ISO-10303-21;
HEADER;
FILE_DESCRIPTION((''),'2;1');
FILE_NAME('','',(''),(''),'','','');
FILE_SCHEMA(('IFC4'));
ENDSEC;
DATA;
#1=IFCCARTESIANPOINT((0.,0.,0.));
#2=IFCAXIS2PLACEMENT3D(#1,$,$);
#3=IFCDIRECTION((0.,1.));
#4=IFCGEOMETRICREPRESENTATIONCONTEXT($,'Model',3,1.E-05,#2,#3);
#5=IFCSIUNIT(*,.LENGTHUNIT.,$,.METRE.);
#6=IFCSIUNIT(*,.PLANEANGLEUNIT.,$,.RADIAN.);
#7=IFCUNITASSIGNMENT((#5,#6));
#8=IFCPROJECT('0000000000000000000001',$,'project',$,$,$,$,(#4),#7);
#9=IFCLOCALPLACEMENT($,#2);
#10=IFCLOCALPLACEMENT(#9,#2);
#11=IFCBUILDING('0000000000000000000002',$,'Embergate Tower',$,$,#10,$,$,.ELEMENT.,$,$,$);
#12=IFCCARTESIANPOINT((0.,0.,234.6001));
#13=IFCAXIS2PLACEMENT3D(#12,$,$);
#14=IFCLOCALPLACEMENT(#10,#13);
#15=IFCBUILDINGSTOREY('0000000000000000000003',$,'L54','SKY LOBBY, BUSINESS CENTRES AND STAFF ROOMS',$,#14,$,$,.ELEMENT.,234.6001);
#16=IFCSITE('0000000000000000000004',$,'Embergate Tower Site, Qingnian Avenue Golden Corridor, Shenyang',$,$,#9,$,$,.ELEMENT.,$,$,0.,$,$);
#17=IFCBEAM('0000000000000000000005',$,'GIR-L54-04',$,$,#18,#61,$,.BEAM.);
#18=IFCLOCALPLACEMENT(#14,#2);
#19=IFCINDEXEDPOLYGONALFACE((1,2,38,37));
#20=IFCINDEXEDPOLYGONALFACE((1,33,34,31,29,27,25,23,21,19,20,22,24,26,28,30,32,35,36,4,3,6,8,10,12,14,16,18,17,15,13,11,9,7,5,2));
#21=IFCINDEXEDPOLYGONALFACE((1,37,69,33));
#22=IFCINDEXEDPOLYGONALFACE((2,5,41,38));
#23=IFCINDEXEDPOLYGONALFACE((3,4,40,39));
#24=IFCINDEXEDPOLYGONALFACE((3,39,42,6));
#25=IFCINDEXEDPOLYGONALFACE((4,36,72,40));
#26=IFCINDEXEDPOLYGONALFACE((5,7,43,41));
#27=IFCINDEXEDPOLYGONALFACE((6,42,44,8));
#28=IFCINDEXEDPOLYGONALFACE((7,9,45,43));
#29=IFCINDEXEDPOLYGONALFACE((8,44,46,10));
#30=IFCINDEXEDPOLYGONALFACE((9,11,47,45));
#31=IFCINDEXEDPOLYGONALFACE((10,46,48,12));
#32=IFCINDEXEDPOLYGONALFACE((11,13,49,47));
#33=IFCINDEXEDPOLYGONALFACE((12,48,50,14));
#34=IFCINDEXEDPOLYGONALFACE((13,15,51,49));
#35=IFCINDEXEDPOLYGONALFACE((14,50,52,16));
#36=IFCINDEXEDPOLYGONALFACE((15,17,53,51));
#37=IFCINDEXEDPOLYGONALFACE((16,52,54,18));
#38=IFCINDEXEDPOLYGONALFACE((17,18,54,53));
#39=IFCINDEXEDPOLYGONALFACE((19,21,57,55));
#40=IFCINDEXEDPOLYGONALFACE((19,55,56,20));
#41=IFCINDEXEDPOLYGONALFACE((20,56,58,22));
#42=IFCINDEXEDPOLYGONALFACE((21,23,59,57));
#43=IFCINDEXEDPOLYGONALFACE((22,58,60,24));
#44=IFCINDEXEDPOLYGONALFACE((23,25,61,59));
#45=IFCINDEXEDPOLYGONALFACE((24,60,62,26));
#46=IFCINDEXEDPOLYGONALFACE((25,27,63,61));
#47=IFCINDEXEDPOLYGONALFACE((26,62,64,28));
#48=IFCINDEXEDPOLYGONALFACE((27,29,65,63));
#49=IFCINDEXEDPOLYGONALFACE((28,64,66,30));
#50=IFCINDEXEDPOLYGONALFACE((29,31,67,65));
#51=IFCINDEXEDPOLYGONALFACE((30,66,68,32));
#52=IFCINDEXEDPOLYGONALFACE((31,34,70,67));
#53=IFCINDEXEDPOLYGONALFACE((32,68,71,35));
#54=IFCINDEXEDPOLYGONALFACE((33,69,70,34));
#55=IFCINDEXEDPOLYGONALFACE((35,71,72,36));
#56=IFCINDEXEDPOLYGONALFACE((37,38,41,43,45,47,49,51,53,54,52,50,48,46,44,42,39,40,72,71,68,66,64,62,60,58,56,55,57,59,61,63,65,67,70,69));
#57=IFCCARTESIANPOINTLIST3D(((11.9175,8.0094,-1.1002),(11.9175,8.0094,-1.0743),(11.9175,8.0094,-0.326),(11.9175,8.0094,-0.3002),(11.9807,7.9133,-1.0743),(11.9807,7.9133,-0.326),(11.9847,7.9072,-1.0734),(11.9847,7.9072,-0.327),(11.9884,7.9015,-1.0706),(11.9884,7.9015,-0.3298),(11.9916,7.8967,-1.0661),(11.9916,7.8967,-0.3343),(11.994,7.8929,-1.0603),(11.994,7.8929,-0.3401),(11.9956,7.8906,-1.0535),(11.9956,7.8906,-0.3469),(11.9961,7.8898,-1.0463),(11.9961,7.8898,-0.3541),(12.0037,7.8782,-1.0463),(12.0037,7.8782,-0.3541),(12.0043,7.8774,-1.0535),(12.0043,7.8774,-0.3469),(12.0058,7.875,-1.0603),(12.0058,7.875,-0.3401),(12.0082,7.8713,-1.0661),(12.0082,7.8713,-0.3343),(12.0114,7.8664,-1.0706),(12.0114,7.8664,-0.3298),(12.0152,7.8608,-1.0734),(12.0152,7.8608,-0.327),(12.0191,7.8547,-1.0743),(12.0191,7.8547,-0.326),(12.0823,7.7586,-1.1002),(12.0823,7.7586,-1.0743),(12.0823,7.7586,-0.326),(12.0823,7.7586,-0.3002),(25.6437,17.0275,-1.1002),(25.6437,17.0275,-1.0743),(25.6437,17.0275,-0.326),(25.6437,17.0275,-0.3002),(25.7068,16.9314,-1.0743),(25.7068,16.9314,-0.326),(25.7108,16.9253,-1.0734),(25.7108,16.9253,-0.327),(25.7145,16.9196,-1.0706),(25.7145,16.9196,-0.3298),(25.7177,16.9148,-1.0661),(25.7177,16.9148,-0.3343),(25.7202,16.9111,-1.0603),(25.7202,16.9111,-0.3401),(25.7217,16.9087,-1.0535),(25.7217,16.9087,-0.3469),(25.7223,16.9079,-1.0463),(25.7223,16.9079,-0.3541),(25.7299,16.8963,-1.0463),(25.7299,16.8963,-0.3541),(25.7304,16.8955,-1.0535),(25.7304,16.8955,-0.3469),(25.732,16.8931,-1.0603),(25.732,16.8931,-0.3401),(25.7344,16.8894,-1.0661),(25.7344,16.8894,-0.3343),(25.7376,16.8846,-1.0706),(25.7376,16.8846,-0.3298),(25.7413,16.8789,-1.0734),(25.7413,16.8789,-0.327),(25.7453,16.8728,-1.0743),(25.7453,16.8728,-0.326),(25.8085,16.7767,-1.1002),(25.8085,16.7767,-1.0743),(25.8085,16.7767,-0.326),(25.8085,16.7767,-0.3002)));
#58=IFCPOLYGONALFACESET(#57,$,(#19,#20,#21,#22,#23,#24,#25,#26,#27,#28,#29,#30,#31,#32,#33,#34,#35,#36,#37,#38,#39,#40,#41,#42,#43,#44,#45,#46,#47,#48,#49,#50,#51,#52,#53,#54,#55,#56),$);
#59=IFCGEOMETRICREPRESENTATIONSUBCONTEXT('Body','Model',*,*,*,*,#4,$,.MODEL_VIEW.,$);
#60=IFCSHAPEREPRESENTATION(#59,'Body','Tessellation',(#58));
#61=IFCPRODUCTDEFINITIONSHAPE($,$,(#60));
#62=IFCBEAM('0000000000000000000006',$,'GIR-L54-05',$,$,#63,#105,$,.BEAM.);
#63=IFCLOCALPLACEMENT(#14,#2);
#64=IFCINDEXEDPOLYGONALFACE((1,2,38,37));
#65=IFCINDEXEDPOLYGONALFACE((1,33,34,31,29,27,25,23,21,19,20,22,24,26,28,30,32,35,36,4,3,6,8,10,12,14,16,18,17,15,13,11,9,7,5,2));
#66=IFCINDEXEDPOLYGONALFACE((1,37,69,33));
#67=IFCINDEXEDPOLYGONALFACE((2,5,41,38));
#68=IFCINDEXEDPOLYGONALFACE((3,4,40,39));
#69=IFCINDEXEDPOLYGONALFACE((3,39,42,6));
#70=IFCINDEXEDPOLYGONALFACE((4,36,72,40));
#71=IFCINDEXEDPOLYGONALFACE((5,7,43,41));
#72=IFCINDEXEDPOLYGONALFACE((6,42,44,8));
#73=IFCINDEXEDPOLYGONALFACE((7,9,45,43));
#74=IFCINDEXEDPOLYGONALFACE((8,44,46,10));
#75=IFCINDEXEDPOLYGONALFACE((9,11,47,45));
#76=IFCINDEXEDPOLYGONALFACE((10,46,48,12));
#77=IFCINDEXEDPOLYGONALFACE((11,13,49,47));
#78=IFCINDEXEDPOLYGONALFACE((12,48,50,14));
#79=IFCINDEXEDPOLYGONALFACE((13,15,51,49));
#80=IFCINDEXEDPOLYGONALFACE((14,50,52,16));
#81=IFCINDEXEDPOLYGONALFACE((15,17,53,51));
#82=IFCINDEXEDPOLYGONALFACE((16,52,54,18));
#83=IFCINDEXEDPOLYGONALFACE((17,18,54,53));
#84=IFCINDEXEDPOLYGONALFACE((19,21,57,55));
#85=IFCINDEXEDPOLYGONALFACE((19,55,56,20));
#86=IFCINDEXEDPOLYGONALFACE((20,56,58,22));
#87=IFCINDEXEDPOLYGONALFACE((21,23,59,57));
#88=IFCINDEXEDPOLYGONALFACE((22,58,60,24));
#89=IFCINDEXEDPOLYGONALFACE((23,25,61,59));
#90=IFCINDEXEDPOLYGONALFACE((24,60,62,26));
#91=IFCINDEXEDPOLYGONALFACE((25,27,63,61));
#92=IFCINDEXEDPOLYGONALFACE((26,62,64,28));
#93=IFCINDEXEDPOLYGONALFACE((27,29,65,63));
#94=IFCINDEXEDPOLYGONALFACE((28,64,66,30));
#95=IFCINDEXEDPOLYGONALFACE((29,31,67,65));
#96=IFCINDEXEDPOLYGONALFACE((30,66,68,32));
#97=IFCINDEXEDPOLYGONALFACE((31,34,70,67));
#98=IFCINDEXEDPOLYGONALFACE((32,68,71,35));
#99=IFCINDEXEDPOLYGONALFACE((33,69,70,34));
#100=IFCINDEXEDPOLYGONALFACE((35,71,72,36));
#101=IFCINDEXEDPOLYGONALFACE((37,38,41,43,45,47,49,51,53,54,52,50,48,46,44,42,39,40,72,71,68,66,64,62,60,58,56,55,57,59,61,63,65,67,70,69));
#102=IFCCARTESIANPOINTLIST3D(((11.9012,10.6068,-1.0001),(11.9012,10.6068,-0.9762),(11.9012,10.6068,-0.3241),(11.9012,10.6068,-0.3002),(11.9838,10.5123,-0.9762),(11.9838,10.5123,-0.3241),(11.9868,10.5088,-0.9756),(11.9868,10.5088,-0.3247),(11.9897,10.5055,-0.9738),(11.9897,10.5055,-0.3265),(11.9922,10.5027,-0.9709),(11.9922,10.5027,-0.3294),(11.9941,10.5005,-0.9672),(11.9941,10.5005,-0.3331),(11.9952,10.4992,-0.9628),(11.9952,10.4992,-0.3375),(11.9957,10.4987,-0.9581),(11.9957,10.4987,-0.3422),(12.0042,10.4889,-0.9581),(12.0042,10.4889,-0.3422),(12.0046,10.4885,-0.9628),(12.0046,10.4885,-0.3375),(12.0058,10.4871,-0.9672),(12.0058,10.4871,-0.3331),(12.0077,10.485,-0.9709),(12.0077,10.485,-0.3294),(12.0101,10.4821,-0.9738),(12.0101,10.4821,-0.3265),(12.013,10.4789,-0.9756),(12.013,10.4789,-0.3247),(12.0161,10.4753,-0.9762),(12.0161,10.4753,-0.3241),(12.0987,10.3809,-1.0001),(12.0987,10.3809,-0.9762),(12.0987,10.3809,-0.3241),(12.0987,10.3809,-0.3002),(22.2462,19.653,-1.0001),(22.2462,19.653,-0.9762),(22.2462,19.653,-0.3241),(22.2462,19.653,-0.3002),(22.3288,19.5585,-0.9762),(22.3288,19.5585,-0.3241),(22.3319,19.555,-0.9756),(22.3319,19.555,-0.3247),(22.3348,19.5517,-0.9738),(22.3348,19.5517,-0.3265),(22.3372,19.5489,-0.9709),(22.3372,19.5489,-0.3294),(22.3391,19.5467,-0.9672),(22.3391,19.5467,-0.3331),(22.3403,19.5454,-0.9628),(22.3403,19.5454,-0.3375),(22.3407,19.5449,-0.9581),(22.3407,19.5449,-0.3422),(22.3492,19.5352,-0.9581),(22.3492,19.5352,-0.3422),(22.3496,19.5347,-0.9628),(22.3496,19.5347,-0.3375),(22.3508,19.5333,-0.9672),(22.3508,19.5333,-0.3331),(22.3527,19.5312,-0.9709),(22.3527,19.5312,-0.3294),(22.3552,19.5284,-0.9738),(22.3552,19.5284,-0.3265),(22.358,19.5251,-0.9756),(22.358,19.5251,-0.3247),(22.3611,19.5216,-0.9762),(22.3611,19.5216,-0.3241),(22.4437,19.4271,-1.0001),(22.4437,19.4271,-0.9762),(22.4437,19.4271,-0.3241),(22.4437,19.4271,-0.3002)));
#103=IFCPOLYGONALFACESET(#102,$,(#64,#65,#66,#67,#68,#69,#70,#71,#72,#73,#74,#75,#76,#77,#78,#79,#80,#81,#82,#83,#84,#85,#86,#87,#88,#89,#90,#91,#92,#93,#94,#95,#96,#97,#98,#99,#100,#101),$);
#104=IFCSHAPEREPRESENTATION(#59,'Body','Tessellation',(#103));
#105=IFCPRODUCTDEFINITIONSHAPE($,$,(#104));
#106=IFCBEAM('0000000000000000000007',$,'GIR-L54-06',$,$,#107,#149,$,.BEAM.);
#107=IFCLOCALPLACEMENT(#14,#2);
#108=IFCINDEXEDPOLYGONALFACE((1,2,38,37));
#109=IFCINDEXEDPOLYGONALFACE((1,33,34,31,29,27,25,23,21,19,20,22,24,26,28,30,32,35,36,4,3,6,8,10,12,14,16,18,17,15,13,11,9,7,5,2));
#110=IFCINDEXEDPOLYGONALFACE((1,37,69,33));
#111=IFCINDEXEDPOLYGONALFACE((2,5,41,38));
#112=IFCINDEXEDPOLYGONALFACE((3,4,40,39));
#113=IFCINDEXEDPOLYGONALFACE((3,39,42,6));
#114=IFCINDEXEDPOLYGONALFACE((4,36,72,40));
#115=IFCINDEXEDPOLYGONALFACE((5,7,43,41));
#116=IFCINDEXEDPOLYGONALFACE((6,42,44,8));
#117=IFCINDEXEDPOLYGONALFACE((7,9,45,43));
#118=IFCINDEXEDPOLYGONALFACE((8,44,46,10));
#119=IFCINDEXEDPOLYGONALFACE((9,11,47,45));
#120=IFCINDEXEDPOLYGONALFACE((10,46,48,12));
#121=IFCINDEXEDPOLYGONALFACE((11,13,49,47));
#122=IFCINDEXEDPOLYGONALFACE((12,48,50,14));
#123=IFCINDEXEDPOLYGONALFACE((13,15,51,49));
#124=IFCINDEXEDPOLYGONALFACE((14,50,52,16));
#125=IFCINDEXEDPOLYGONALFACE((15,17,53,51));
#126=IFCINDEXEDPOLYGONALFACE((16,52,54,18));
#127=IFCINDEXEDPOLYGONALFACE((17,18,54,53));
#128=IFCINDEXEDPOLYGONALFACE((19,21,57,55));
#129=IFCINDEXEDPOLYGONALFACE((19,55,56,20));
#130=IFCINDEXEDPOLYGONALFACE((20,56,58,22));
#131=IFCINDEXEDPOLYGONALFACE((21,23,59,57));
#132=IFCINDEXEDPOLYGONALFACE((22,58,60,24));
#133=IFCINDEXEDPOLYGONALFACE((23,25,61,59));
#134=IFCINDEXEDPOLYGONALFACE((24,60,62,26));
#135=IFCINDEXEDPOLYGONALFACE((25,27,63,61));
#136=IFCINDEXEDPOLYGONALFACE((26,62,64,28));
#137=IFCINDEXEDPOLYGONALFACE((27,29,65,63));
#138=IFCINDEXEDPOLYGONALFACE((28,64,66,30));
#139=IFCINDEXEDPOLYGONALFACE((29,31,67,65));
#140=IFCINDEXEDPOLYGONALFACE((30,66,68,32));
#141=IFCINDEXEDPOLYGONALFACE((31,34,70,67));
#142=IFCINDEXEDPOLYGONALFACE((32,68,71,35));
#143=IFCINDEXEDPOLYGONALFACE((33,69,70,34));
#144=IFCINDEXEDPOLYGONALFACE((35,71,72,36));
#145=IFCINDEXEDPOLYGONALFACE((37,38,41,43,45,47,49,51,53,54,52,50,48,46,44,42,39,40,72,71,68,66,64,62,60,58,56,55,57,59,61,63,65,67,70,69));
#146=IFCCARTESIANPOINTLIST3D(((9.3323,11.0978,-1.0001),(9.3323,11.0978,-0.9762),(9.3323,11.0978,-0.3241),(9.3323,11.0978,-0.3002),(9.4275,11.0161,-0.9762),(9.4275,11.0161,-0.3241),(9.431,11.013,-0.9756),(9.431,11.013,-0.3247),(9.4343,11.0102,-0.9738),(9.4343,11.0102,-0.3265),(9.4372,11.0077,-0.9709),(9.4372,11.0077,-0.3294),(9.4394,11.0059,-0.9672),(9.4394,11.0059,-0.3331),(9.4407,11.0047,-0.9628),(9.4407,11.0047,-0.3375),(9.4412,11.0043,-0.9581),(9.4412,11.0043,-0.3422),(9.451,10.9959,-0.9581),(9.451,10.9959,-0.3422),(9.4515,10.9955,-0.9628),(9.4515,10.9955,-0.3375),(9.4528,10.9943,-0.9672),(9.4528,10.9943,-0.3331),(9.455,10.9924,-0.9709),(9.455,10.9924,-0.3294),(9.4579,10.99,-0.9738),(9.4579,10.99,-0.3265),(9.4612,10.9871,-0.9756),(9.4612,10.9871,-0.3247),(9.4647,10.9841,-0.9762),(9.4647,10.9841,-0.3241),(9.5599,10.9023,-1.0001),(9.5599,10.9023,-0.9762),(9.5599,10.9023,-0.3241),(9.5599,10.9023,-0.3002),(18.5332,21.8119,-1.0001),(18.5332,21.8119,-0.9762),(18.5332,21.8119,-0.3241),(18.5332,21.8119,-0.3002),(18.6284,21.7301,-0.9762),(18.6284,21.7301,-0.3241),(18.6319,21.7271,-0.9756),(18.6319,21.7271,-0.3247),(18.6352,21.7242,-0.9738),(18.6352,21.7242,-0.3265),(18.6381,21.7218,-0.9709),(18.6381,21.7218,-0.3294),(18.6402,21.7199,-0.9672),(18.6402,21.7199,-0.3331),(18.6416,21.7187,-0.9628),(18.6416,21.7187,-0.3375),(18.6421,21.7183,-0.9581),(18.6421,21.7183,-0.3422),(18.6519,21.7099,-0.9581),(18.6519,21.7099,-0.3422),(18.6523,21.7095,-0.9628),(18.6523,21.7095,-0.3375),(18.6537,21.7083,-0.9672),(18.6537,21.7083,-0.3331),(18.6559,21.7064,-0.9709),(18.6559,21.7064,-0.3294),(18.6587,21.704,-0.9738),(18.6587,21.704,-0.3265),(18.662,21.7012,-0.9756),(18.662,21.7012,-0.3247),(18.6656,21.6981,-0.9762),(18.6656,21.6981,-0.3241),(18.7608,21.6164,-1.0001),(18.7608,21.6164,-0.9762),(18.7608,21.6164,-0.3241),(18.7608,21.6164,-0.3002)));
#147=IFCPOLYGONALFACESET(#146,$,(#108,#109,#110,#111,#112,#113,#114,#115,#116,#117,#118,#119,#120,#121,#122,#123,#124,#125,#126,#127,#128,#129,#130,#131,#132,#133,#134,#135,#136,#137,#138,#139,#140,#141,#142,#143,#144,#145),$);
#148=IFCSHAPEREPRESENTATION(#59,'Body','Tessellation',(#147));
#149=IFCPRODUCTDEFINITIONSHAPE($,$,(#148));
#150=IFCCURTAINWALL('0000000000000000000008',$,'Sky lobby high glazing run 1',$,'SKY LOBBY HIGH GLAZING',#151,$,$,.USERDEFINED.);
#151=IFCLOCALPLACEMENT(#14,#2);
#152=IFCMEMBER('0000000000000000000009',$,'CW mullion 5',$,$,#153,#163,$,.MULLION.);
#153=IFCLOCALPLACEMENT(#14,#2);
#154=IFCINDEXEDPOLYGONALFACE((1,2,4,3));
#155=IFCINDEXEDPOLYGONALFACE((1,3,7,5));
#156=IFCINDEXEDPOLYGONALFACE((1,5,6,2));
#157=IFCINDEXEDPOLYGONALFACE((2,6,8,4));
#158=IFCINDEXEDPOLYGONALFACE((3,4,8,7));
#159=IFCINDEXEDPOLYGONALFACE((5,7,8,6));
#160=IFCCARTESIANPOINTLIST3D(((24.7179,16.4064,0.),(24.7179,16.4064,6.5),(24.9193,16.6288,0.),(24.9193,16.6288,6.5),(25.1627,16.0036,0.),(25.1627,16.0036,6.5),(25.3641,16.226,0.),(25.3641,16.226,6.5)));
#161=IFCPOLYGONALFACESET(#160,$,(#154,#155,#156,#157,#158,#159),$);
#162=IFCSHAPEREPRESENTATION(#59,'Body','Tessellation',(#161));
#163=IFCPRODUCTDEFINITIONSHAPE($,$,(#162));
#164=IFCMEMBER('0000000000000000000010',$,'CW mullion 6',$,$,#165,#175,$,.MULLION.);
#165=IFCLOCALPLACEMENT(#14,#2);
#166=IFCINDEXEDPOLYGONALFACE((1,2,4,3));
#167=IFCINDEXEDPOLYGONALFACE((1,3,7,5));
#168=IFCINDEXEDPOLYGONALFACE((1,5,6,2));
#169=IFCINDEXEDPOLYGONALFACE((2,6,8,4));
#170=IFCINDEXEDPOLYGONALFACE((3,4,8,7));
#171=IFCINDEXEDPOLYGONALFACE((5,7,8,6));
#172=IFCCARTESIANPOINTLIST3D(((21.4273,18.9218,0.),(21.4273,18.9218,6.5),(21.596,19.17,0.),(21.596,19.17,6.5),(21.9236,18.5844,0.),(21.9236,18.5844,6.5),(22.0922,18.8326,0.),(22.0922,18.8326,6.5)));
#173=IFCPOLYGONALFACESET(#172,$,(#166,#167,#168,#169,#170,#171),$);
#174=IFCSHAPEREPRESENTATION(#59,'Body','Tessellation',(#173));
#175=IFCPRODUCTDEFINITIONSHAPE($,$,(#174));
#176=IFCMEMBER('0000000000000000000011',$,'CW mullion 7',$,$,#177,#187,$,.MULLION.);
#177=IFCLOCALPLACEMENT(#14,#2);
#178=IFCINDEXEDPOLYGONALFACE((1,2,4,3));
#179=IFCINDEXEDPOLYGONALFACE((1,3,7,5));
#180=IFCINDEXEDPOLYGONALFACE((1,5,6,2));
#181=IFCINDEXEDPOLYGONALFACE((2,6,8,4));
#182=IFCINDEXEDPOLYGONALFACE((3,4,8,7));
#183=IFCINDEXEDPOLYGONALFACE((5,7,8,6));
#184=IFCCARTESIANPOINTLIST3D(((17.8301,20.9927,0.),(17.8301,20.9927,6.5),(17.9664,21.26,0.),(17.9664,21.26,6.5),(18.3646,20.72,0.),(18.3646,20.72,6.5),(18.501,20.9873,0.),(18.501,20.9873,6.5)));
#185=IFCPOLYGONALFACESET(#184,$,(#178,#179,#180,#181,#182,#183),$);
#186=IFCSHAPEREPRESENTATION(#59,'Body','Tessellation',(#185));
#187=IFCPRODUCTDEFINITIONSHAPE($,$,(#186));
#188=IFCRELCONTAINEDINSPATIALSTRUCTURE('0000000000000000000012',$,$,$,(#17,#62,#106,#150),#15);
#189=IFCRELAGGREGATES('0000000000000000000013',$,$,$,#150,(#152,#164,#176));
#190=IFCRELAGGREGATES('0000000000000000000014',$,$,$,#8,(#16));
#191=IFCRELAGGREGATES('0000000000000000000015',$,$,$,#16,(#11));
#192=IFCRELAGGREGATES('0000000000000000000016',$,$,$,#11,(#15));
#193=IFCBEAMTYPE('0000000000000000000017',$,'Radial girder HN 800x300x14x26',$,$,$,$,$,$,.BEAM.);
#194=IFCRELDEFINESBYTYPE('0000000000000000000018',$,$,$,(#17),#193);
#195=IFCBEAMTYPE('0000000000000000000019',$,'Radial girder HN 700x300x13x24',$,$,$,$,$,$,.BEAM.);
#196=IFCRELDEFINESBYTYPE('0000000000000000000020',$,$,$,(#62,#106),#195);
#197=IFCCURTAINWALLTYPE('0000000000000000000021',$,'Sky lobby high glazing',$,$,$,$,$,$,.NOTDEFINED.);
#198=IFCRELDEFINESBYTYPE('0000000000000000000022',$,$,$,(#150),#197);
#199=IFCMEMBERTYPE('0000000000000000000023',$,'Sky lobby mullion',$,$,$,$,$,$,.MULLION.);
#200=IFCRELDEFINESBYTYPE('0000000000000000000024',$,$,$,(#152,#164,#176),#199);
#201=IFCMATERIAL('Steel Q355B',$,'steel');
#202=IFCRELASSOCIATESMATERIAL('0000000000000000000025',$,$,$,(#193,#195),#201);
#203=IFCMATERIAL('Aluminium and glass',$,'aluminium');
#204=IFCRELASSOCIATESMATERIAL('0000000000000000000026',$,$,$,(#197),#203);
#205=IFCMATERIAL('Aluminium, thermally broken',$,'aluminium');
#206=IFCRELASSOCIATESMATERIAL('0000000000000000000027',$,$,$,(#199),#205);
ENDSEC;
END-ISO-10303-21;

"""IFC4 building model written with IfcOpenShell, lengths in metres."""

from ifc_helpers import new_model, si_unit, direction, frame, origin, origin_2d, place, context, subcontext, project, spatial, rectangle, i_section, extrude, source, transform, mapped, material, material_profile, profile_set, type_object, element, aggregate, save


model = new_model("IFC4")

# Units and contexts
model_context = context("Model", 3, precision=1e-05, world=origin(), true_north=direction((0.0, 1.0)))
body_context = subcontext(model_context, "Body", "Model", "MODEL_VIEW")
ifc_project = project(units=[si_unit("LENGTHUNIT", "METRE"), si_unit("PLANEANGLEUNIT", "RADIAN")], contexts=[model_context])

# Site, building, storey
site_placement = place(None, origin())
site = spatial("IfcSite", under=ifc_project, at=site_placement, Name="Embergate Tower Site, Qingnian Avenue Golden Corridor, Shenyang", CompositionType="ELEMENT", RefElevation=0.0)
building_placement = place(site_placement, origin())
building = spatial("IfcBuilding", under=site, at=building_placement, Name="Embergate Tower", CompositionType="ELEMENT")
storey_placement = place(building_placement, frame((0.0, 0.0, 234.6001)))
storey = spatial("IfcBuildingStorey", under=building, at=storey_placement, Name="L54", Description="SKY LOBBY, BUSINESS CENTRES AND STAFF ROOMS", CompositionType="ELEMENT", Elevation=234.6001)

# Beams
ifc_material_1 = material(Name="Steel Q355B", Category="steel")
ifc_material_profile_1 = material_profile(ifc_material_1, i_section(OverallWidth=0.3, OverallDepth=0.8, WebThickness=0.0139, FlangeThickness=0.0259, FilletRadius=0.0281, at=origin_2d()), Name="HN 800x300x14x26")
ifc_profile_set_1 = profile_set([ifc_material_profile_1], Name="Steel Q355 grade B")
beam_type_1 = type_object("IfcBeamType", Name="Radial girder HN 800x300x14x26", PredefinedType="BEAM", material=ifc_profile_set_1)
shared_shape_1 = source(origin(), body_context, "Body", "SweptSolid", [
    extrude(i_section(OverallWidth=0.3, OverallDepth=0.8, WebThickness=0.0139, FlangeThickness=0.0259, FilletRadius=0.0281, at=origin_2d()), origin(), (0.0, 0.0, 1.0), 16.4236),
])
beam_1_placement = place(storey_placement, frame((25.7261, 16.9021, -0.7002), z_axis=(-0.835759, -0.549096, 0.0), x_axis=(0.549096, -0.835759, 0.0)))
element("IfcBeam", 1, at=beam_1_placement, inside=storey, type_object=beam_type_1, Name="GIR-L54-04", PredefinedType="BEAM", context=body_context, shape_type="MappedRepresentation", body=[
    mapped(shared_shape_1, transform((0.0, 0.0, 0.0))),
])
ifc_material_profile_2 = material_profile(ifc_material_1, i_section(OverallWidth=0.3, OverallDepth=0.7, WebThickness=0.0129, FlangeThickness=0.0239, FilletRadius=0.0181, at=origin_2d()), Name="HN 700x300x13x24")
ifc_profile_set_2 = profile_set([ifc_material_profile_2], Name="Steel Q355 grade B")
beam_type_2 = type_object("IfcBeamType", Name="Radial girder HN 700x300x13x24", PredefinedType="BEAM", material=ifc_profile_set_2)
shared_shape_2 = source(origin(), body_context, "Body", "SweptSolid", [
    extrude(i_section(OverallWidth=0.3, OverallDepth=0.7, WebThickness=0.0129, FlangeThickness=0.0239, FilletRadius=0.0181, at=origin_2d()), origin(), (0.0, 0.0, 1.0), 13.7424),
])
beam_2_placement = place(storey_placement, frame((22.345, 19.54, -0.6501), z_axis=(-0.752782, -0.658269, 0.0), x_axis=(0.658269, -0.752782, 0.0)))
element("IfcBeam", 2, at=beam_2_placement, inside=storey, type_object=beam_type_2, Name="GIR-L54-05", PredefinedType="BEAM", context=body_context, shape_type="MappedRepresentation", body=[
    mapped(shared_shape_2, transform((0.0, 0.0, 0.0))),
])
shared_shape_3 = source(origin(), body_context, "Body", "SweptSolid", [
    extrude(i_section(OverallWidth=0.3, OverallDepth=0.7, WebThickness=0.0129, FlangeThickness=0.0239, FilletRadius=0.0181, at=origin_2d()), origin(), (0.0, 0.0, 1.0), 14.1226),
])
beam_3_placement = place(storey_placement, frame((18.647, 21.7141, -0.6501), z_axis=(-0.651501, -0.758647, 0.0), x_axis=(0.758647, -0.651501, 0.0)))
element("IfcBeam", 3, at=beam_3_placement, inside=storey, type_object=beam_type_2, Name="GIR-L54-06", PredefinedType="BEAM", context=body_context, shape_type="MappedRepresentation", body=[
    mapped(shared_shape_3, transform((0.0, 0.0, 0.0))),
])

# Curtain wall, members
ifc_material_2 = material(Name="Aluminium and glass", Category="aluminium")
curtain_wall_type = type_object("IfcCurtainWallType", Name="Sky lobby high glazing", PredefinedType="NOTDEFINED", material=ifc_material_2)
curtain_wall_placement = place(storey_placement, origin())
curtain_wall = element("IfcCurtainWall", 4, at=curtain_wall_placement, inside=storey, type_object=curtain_wall_type, Name="Sky lobby high glazing run 1", ObjectType="SKY LOBBY HIGH GLAZING", PredefinedType="USERDEFINED")
ifc_material_3 = material(Name="Aluminium, thermally broken", Category="aluminium")
ifc_material_profile_3 = material_profile(ifc_material_3, rectangle(XDim=0.3, YDim=0.6001, at=origin_2d()), Name="AL 600x300")
ifc_profile_set_3 = profile_set([ifc_material_profile_3], Name="Aluminium, thermally broken")
member_type_1 = type_object("IfcMemberType", Name="Sky lobby mullion", PredefinedType="MULLION", material=ifc_profile_set_3)
shared_shape_4 = source(origin(), body_context, "Body", "SweptSolid", [
    extrude(rectangle(XDim=0.3, YDim=0.6001, at=origin_2d()), origin(), (0.0, 0.0, 1.0), 6.5),
])
member_1_placement = place(storey_placement, frame((25.041, 16.3162, 0.0), z_axis=(0.0, 0.0, 1.0), x_axis=(-0.671215, -0.741263, 0.0)))
member_1 = element("IfcMember", 5, at=member_1_placement, type_object=member_type_1, Name="CW mullion 5", PredefinedType="MULLION", context=body_context, shape_type="MappedRepresentation", body=[
    mapped(shared_shape_4, transform((0.0, 0.0, 0.0))),
])
member_2_placement = place(storey_placement, frame((21.7598, 18.8772, 0.0), z_axis=(0.0, 0.0, 1.0), x_axis=(-0.562208, -0.826996, 0.0)))
member_2 = element("IfcMember", 6, at=member_2_placement, type_object=member_type_1, Name="CW mullion 6", PredefinedType="MULLION", context=body_context, shape_type="MappedRepresentation", body=[
    mapped(shared_shape_4, transform((0.0, 0.0, 0.0))),
])
member_3_placement = place(storey_placement, frame((18.1655, 20.99, 0.0), z_axis=(0.0, 0.0, 1.0), x_axis=(-0.454504, -0.890745, 0.0)))
member_3 = element("IfcMember", 7, at=member_3_placement, type_object=member_type_1, Name="CW mullion 7", PredefinedType="MULLION", context=body_context, shape_type="MappedRepresentation", body=[
    mapped(shared_shape_4, transform((0.0, 0.0, 0.0))),
])
aggregate(curtain_wall, [member_1, member_2, member_3])

save(model, "model.ifc")
